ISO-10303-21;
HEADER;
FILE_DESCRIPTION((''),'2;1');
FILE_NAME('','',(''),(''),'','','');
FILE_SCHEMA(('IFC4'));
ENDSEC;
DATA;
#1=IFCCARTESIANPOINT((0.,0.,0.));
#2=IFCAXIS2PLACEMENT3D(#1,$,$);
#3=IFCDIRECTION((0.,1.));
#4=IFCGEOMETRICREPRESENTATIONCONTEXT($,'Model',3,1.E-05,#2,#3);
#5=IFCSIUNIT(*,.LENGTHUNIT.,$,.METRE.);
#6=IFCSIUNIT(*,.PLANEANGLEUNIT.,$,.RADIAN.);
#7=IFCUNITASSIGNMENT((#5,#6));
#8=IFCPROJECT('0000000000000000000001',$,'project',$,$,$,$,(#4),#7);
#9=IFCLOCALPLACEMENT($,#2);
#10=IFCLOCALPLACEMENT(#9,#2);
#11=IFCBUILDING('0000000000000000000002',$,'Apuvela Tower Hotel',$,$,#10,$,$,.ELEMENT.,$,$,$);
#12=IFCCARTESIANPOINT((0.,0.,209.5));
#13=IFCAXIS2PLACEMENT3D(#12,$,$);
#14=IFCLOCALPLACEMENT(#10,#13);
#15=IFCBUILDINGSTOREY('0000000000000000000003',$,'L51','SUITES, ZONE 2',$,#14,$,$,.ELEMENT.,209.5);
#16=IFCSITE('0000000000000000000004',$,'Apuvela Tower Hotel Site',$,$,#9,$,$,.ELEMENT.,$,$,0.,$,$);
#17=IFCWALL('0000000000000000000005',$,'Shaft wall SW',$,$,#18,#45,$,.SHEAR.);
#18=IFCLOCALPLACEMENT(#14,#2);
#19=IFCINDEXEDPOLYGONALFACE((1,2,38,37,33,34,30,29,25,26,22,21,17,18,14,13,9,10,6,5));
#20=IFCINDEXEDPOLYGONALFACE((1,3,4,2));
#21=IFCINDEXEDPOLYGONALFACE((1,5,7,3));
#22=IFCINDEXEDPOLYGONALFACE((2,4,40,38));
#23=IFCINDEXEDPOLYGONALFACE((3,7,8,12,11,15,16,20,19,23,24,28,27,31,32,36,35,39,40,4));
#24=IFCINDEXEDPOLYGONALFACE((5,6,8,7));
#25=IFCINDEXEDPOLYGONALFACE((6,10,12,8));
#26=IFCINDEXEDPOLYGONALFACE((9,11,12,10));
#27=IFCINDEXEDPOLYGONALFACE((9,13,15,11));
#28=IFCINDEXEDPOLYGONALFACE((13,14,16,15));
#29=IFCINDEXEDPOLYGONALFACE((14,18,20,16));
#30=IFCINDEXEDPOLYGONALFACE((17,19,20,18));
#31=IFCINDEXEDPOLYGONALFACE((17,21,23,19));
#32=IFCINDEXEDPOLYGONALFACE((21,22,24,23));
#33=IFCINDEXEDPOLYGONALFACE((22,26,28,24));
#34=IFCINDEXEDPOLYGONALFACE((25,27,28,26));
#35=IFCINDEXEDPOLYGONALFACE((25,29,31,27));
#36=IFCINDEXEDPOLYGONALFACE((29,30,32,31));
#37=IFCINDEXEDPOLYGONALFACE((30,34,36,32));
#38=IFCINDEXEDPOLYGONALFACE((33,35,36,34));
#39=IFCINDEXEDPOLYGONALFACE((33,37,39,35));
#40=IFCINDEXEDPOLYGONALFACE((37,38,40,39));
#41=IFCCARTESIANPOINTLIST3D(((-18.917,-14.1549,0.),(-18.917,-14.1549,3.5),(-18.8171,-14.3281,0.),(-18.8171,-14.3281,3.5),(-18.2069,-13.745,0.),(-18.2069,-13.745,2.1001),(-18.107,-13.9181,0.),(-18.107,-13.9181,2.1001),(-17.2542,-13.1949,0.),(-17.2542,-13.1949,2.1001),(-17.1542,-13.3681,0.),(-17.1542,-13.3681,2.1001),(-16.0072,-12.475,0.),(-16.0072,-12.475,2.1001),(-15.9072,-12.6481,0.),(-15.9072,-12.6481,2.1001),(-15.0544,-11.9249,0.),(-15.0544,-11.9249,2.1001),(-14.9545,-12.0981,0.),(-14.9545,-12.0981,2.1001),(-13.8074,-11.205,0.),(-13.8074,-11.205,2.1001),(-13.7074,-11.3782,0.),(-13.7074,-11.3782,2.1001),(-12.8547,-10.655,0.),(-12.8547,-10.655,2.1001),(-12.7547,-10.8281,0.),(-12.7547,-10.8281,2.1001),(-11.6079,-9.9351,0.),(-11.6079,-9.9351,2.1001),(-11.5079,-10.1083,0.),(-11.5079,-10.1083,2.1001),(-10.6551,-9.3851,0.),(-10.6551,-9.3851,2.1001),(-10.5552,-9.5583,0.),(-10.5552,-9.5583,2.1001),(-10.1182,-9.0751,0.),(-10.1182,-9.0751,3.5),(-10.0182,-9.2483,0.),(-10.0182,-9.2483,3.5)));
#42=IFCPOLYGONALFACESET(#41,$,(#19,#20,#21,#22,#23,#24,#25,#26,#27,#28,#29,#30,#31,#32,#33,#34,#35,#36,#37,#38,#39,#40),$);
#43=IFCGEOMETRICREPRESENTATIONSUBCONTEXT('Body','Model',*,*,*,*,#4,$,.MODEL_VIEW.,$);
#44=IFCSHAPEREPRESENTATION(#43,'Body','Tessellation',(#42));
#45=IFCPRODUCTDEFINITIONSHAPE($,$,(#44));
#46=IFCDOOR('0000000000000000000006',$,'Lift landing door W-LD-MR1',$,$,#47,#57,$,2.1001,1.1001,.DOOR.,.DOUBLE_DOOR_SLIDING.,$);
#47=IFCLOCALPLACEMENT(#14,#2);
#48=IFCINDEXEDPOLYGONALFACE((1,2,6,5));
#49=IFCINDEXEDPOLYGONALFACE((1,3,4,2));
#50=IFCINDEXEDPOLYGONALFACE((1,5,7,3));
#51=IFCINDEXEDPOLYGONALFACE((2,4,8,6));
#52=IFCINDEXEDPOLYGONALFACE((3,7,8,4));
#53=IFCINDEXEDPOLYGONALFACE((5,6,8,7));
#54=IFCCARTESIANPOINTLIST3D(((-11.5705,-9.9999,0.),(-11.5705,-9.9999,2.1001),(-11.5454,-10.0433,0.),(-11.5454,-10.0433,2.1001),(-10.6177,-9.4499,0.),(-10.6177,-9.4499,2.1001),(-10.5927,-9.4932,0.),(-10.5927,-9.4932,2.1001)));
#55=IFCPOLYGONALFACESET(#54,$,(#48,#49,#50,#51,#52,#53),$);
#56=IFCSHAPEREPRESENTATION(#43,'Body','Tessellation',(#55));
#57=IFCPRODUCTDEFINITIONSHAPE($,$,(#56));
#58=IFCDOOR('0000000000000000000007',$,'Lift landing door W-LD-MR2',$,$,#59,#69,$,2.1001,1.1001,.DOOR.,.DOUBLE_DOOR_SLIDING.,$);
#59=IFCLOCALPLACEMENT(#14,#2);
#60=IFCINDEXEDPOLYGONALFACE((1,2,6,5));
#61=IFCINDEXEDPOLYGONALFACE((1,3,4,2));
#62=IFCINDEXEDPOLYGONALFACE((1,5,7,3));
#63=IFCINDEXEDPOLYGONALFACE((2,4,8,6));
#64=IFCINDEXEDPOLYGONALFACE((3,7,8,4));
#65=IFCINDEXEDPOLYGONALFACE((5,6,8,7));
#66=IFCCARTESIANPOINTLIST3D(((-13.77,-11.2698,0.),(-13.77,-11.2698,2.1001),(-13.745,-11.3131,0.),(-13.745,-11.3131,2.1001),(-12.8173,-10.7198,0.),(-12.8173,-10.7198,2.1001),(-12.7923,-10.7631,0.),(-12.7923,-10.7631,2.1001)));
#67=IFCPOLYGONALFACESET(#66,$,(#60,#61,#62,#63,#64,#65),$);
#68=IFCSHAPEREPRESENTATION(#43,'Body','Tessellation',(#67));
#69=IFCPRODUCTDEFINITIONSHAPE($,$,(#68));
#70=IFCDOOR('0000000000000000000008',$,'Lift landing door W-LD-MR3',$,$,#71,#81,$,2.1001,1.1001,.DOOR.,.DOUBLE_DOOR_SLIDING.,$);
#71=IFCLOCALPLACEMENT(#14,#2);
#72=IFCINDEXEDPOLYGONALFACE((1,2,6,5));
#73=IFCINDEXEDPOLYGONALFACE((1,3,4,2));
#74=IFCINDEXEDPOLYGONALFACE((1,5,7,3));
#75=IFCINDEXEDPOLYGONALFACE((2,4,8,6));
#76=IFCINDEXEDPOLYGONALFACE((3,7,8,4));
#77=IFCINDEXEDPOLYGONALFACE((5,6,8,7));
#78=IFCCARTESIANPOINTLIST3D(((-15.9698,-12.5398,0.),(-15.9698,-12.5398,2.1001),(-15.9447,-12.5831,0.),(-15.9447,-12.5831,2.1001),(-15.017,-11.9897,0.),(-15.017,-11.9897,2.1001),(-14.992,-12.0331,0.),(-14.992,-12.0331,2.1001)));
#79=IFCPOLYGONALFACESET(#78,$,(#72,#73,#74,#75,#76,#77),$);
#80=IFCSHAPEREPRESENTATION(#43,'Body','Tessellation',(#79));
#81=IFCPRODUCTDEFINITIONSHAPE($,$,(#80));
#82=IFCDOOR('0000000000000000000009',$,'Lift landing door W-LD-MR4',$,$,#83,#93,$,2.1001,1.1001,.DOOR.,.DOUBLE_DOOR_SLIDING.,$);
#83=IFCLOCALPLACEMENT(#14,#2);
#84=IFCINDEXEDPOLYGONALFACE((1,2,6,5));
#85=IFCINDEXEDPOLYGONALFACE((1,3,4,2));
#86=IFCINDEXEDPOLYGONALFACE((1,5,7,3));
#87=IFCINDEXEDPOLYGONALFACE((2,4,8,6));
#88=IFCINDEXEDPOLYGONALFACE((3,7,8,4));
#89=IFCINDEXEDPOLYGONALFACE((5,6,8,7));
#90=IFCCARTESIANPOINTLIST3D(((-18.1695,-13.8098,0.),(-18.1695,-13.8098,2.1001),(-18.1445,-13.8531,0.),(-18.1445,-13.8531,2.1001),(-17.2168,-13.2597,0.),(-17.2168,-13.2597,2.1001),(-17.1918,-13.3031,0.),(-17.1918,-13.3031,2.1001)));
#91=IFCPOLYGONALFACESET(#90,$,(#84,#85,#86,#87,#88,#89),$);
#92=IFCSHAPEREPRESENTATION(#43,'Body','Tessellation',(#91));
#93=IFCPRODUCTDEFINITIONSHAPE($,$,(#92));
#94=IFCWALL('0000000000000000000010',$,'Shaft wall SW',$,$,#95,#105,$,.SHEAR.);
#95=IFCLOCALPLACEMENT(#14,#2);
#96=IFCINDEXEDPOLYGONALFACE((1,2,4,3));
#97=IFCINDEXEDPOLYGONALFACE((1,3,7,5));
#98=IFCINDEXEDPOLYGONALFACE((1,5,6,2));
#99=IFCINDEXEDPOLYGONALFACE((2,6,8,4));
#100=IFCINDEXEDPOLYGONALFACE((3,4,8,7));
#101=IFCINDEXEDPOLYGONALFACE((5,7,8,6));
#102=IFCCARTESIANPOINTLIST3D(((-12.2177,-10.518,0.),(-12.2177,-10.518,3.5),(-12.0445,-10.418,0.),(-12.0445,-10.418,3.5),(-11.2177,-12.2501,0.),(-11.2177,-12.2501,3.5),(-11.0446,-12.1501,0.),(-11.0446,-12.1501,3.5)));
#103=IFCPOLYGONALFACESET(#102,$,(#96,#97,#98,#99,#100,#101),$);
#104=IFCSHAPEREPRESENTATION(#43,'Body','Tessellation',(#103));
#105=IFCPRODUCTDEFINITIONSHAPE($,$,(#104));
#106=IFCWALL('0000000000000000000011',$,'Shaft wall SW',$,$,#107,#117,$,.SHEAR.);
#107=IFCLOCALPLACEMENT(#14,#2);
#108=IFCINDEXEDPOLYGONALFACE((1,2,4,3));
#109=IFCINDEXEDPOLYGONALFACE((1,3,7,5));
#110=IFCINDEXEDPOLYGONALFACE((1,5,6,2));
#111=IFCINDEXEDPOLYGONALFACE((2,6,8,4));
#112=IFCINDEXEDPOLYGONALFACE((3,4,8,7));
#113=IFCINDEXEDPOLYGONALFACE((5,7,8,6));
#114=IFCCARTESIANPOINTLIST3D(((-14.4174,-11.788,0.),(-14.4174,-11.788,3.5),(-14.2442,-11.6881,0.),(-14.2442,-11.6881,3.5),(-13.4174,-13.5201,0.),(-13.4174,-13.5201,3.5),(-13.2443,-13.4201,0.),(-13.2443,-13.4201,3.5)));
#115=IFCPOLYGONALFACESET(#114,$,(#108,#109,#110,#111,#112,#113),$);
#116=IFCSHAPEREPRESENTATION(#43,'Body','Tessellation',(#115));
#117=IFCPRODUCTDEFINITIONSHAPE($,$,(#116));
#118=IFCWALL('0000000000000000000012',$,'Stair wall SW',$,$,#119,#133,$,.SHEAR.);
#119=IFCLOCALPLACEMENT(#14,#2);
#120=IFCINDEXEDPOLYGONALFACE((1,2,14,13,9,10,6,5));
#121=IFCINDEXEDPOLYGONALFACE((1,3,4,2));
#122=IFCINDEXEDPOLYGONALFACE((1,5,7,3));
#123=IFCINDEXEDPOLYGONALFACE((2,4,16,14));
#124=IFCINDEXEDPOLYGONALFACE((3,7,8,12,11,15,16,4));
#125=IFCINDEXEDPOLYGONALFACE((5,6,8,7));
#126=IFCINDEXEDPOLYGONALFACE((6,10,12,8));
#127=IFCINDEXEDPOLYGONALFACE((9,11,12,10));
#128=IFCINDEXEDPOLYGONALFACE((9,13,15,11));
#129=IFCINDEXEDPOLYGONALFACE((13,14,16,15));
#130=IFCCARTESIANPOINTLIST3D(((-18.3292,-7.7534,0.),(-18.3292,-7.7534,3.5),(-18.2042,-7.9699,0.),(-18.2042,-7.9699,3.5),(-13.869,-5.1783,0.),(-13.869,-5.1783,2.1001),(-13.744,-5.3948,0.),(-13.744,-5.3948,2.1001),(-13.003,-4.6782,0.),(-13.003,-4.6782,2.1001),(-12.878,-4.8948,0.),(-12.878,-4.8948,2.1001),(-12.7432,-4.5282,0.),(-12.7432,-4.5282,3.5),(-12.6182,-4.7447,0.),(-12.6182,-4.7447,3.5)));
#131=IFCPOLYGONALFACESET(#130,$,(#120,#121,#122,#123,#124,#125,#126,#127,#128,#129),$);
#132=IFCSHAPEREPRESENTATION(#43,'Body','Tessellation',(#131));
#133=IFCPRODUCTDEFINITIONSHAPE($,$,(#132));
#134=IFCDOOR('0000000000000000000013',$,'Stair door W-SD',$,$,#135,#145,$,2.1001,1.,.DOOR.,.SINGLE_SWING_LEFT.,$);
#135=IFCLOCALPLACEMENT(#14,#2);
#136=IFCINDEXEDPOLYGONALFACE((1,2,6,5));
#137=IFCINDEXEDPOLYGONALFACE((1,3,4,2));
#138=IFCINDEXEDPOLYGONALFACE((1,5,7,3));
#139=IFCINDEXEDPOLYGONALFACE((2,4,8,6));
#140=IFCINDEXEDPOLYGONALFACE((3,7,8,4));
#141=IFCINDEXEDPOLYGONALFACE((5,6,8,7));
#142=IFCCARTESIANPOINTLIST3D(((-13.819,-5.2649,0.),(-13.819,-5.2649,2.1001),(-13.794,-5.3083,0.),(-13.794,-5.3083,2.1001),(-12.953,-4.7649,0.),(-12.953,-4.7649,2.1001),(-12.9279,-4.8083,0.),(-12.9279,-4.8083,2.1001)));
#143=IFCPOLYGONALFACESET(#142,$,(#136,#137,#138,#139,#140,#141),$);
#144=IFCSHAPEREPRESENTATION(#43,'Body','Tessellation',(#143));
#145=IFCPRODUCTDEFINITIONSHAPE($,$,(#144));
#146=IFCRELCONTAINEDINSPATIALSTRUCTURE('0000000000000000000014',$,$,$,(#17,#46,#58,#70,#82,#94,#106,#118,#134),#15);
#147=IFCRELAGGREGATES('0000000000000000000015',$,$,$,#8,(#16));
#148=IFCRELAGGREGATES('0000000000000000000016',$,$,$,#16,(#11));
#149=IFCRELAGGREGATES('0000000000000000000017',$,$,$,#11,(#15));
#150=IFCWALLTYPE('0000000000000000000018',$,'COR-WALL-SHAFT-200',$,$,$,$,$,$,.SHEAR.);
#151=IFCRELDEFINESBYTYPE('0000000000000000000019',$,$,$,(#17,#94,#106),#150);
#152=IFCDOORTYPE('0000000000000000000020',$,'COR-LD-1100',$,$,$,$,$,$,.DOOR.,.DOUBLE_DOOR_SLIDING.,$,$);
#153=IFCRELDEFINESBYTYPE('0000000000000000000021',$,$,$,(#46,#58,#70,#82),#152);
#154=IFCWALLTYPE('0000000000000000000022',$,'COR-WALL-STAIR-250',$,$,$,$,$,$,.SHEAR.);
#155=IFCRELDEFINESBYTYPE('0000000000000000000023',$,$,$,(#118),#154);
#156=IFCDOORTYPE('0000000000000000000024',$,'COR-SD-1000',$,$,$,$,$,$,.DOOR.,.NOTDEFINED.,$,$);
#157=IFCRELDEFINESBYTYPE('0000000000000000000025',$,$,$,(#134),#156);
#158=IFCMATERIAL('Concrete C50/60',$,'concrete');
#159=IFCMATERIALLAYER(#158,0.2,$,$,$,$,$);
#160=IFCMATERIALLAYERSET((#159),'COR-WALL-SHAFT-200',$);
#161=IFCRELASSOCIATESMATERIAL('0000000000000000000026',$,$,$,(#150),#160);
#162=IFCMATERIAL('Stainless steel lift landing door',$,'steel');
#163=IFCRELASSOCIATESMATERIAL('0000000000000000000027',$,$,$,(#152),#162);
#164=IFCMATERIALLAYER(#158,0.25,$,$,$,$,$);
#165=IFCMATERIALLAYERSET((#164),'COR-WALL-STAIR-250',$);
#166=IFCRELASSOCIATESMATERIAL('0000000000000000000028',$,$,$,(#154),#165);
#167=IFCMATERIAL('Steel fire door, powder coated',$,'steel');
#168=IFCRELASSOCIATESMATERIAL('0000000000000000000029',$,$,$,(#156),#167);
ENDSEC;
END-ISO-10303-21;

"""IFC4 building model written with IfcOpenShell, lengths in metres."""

from ifc_helpers import new_model, si_unit, direction, frame, frame_2d, origin, place, context, subcontext, project, spatial, rectangle, extrude, material, layer, layer_set, type_object, element, fill, save


model = new_model("IFC4")

# Units and contexts
model_context = context("Model", 3, precision=1e-05, world=origin(), true_north=direction((0.0, 1.0)))
body_context = subcontext(model_context, "Body", "Model", "MODEL_VIEW")
ifc_project = project(units=[si_unit("LENGTHUNIT", "METRE"), si_unit("PLANEANGLEUNIT", "RADIAN")], contexts=[model_context])

# Site, building, storey
site_placement = place(None, origin())
site = spatial("IfcSite", under=ifc_project, at=site_placement, Name="Apuvela Tower Hotel Site", CompositionType="ELEMENT", RefElevation=0.0)
building_placement = place(site_placement, origin())
building = spatial("IfcBuilding", under=site, at=building_placement, Name="Apuvela Tower Hotel", CompositionType="ELEMENT")
storey_placement = place(building_placement, frame((0.0, 0.0, 209.5)))
storey = spatial("IfcBuildingStorey", under=building, at=storey_placement, Name="L51", Description="SUITES, ZONE 2", CompositionType="ELEMENT", Elevation=209.5)

# Shared definitions
ifc_material_1 = material(Name="Concrete C50/60", Category="concrete")

# Shared definitions
ifc_layer_1 = layer(ifc_material_1, 0.2)
ifc_layer_set_1 = layer_set([ifc_layer_1], Name="COR-WALL-SHAFT-200")
wall_type_1 = type_object("IfcWallType", Name="COR-WALL-SHAFT-200", PredefinedType="SHEAR", material=ifc_layer_set_1)
ifc_material_2 = material(Name="Stainless steel lift landing door", Category="steel")

# Wall, openings, doors
wall_1_placement = place(storey_placement, frame((-10.0681, -9.1616, 0.0), z_axis=(0.0, 0.0, 1.0), x_axis=(-0.866033, -0.499987, 0.0)))
wall_1 = element("IfcWall", 1, at=wall_1_placement, inside=storey, type_object=wall_type_1, Name="Shaft wall SW", PredefinedType="SHEAR", context=body_context, shape_type="SweptSolid", body=[
    extrude(rectangle(XDim=10.1599, YDim=0.2, at=frame_2d((5.0801, 0.0))), origin(), (0.0, 0.0, 1.0), 3.5),
])
opening_1_placement = place(wall_1_placement, frame((0.6201, 0.0, 0.0)))
opening_1 = element("IfcOpeningElement", 2, at=opening_1_placement, cuts=wall_1, PredefinedType="OPENING", context=body_context, shape_type="SweptSolid", body=[
    extrude(rectangle(XDim=1.1001, YDim=2.1001, at=frame_2d((0.55, 1.05))), frame((0.0, 0.1099, 0.0), z_axis=(0.0, -1.0, 0.0), x_axis=(1.0, 0.0, 0.0)), (0.0, 0.0, 1.0), 0.22),
])
opening_2_placement = place(wall_1_placement, frame((3.1599, 0.0, 0.0)))
opening_2 = element("IfcOpeningElement", 3, at=opening_2_placement, cuts=wall_1, PredefinedType="OPENING", context=body_context, shape_type="SweptSolid", body=[
    extrude(rectangle(XDim=1.1001, YDim=2.1001, at=frame_2d((0.55, 1.05))), frame((0.0, 0.1099, 0.0), z_axis=(0.0, -1.0, 0.0), x_axis=(1.0, 0.0, 0.0)), (0.0, 0.0, 1.0), 0.22),
])
opening_3_placement = place(wall_1_placement, frame((5.7, 0.0, 0.0)))
opening_3 = element("IfcOpeningElement", 4, at=opening_3_placement, cuts=wall_1, PredefinedType="OPENING", context=body_context, shape_type="SweptSolid", body=[
    extrude(rectangle(XDim=1.1001, YDim=2.1001, at=frame_2d((0.55, 1.05))), frame((0.0, 0.1099, 0.0), z_axis=(0.0, -1.0, 0.0), x_axis=(1.0, 0.0, 0.0)), (0.0, 0.0, 1.0), 0.22),
])
opening_4_placement = place(wall_1_placement, frame((8.24, 0.0, 0.0)))
opening_4 = element("IfcOpeningElement", 5, at=opening_4_placement, cuts=wall_1, PredefinedType="OPENING", context=body_context, shape_type="SweptSolid", body=[
    extrude(rectangle(XDim=1.1001, YDim=2.1001, at=frame_2d((0.55, 1.05))), frame((0.0, 0.1099, 0.0), z_axis=(0.0, -1.0, 0.0), x_axis=(1.0, 0.0, 0.0)), (0.0, 0.0, 1.0), 0.22),
])
door_type_1 = type_object("IfcDoorType", Name="COR-LD-1100", OperationType="DOUBLE_DOOR_SLIDING", PredefinedType="DOOR", material=ifc_material_2)
door_1_placement = place(opening_1_placement, origin())
door_1 = element("IfcDoor", 6, at=door_1_placement, inside=storey, type_object=door_type_1, Name="Lift landing door W-LD-MR1", OperationType="DOUBLE_DOOR_SLIDING", OverallHeight=2.1001, OverallWidth=1.1001, PredefinedType="DOOR", context=body_context, shape_type="SweptSolid", body=[
    extrude(rectangle(XDim=1.1001, YDim=2.1001, at=frame_2d((0.55, 1.05))), frame((0.0, 0.0249, 0.0), z_axis=(0.0, -1.0, 0.0), x_axis=(1.0, 0.0, 0.0)), (0.0, 0.0, 1.0), 0.05),
])
fill(opening_1, door_1)
door_2_placement = place(opening_2_placement, origin())
door_2 = element("IfcDoor", 7, at=door_2_placement, inside=storey, type_object=door_type_1, Name="Lift landing door W-LD-MR2", OperationType="DOUBLE_DOOR_SLIDING", OverallHeight=2.1001, OverallWidth=1.1001, PredefinedType="DOOR", context=body_context, shape_type="SweptSolid", body=[
    extrude(rectangle(XDim=1.1001, YDim=2.1001, at=frame_2d((0.55, 1.05))), frame((0.0, 0.0249, 0.0), z_axis=(0.0, -1.0, 0.0), x_axis=(1.0, 0.0, 0.0)), (0.0, 0.0, 1.0), 0.05),
])
fill(opening_2, door_2)
door_3_placement = place(opening_3_placement, origin())
door_3 = element("IfcDoor", 8, at=door_3_placement, inside=storey, type_object=door_type_1, Name="Lift landing door W-LD-MR3", OperationType="DOUBLE_DOOR_SLIDING", OverallHeight=2.1001, OverallWidth=1.1001, PredefinedType="DOOR", context=body_context, shape_type="SweptSolid", body=[
    extrude(rectangle(XDim=1.1001, YDim=2.1001, at=frame_2d((0.55, 1.05))), frame((0.0, 0.0249, 0.0), z_axis=(0.0, -1.0, 0.0), x_axis=(1.0, 0.0, 0.0)), (0.0, 0.0, 1.0), 0.05),
])
fill(opening_3, door_3)
door_4_placement = place(opening_4_placement, origin())
door_4 = element("IfcDoor", 9, at=door_4_placement, inside=storey, type_object=door_type_1, Name="Lift landing door W-LD-MR4", OperationType="DOUBLE_DOOR_SLIDING", OverallHeight=2.1001, OverallWidth=1.1001, PredefinedType="DOOR", context=body_context, shape_type="SweptSolid", body=[
    extrude(rectangle(XDim=1.1001, YDim=2.1001, at=frame_2d((0.55, 1.05))), frame((0.0, 0.0249, 0.0), z_axis=(0.0, -1.0, 0.0), x_axis=(1.0, 0.0, 0.0)), (0.0, 0.0, 1.0), 0.05),
])
fill(opening_4, door_4)

# Walls
for number, where, z_axis, x_axis, name in (
    (10, (-12.1311, -10.468, 0.0), (0.0, 0.0, 1.0), (0.499973, -0.866041, 0.0), "Shaft wall SW"),
    (11, (-14.3308, -11.738, 0.0), (0.0, 0.0, 1.0), (0.499973, -0.866041, 0.0), "Shaft wall SW"),
):
    element("IfcWall", number, at=place(storey_placement, frame(where, z_axis=z_axis, x_axis=x_axis)), inside=storey, type_object=wall_type_1, Name=name, PredefinedType="SHEAR", context=body_context, shape_type="SweptSolid", body=[
        extrude(rectangle(XDim=2.0, YDim=0.2, at=frame_2d((1.0, 0.0))), origin(), (0.0, 0.0, 1.0), 3.5),
    ])

# Wall, opening, door
ifc_layer_2 = layer(ifc_material_1, 0.25)
ifc_layer_set_2 = layer_set([ifc_layer_2], Name="COR-WALL-STAIR-250")
wall_type_2 = type_object("IfcWallType", Name="COR-WALL-STAIR-250", PredefinedType="SHEAR", material=ifc_layer_set_2)
wall_2_placement = place(storey_placement, frame((-12.6807, -4.6365, 0.0), z_axis=(0.0, 0.0, 1.0), x_axis=(-0.866022, -0.500006, 0.0)))
wall_2 = element("IfcWall", 12, at=wall_2_placement, inside=storey, type_object=wall_type_2, Name="Stair wall SW", PredefinedType="SHEAR", context=body_context, shape_type="SweptSolid", body=[
    extrude(rectangle(XDim=6.4502, YDim=0.25, at=frame_2d((3.2251, 0.0))), origin(), (0.0, 0.0, 1.0), 3.5),
])
opening_5_placement = place(wall_2_placement, frame((0.3, 0.0, 0.0)))
opening_5 = element("IfcOpeningElement", 13, at=opening_5_placement, cuts=wall_2, PredefinedType="OPENING", context=body_context, shape_type="SweptSolid", body=[
    extrude(rectangle(XDim=1.0, YDim=2.1001, at=frame_2d((0.5, 1.05))), frame((0.0, 0.135, 0.0), z_axis=(0.0, -1.0, 0.0), x_axis=(1.0, 0.0, 0.0)), (0.0, 0.0, 1.0), 0.27),
])
ifc_material_3 = material(Name="Steel fire door, powder coated", Category="steel")
door_type_2 = type_object("IfcDoorType", Name="COR-SD-1000", OperationType="NOTDEFINED", PredefinedType="DOOR", material=ifc_material_3)
door_5_placement = place(opening_5_placement, frame((1.0, 0.0, 0.0), z_axis=(0.0, 0.0, 1.0), x_axis=(-1.0, 0.0, 0.0)))
door_5 = element("IfcDoor", 14, at=door_5_placement, inside=storey, type_object=door_type_2, Name="Stair door W-SD", OperationType="SINGLE_SWING_LEFT", OverallHeight=2.1001, OverallWidth=1.0, PredefinedType="DOOR", context=body_context, shape_type="SweptSolid", body=[
    extrude(rectangle(XDim=1.0, YDim=2.1001, at=frame_2d((0.5, 1.05))), frame((0.0, 0.0249, 0.0), z_axis=(0.0, -1.0, 0.0), x_axis=(1.0, 0.0, 0.0)), (0.0, 0.0, 1.0), 0.05),
])
fill(opening_5, door_5)

save(model, "model.ifc")
